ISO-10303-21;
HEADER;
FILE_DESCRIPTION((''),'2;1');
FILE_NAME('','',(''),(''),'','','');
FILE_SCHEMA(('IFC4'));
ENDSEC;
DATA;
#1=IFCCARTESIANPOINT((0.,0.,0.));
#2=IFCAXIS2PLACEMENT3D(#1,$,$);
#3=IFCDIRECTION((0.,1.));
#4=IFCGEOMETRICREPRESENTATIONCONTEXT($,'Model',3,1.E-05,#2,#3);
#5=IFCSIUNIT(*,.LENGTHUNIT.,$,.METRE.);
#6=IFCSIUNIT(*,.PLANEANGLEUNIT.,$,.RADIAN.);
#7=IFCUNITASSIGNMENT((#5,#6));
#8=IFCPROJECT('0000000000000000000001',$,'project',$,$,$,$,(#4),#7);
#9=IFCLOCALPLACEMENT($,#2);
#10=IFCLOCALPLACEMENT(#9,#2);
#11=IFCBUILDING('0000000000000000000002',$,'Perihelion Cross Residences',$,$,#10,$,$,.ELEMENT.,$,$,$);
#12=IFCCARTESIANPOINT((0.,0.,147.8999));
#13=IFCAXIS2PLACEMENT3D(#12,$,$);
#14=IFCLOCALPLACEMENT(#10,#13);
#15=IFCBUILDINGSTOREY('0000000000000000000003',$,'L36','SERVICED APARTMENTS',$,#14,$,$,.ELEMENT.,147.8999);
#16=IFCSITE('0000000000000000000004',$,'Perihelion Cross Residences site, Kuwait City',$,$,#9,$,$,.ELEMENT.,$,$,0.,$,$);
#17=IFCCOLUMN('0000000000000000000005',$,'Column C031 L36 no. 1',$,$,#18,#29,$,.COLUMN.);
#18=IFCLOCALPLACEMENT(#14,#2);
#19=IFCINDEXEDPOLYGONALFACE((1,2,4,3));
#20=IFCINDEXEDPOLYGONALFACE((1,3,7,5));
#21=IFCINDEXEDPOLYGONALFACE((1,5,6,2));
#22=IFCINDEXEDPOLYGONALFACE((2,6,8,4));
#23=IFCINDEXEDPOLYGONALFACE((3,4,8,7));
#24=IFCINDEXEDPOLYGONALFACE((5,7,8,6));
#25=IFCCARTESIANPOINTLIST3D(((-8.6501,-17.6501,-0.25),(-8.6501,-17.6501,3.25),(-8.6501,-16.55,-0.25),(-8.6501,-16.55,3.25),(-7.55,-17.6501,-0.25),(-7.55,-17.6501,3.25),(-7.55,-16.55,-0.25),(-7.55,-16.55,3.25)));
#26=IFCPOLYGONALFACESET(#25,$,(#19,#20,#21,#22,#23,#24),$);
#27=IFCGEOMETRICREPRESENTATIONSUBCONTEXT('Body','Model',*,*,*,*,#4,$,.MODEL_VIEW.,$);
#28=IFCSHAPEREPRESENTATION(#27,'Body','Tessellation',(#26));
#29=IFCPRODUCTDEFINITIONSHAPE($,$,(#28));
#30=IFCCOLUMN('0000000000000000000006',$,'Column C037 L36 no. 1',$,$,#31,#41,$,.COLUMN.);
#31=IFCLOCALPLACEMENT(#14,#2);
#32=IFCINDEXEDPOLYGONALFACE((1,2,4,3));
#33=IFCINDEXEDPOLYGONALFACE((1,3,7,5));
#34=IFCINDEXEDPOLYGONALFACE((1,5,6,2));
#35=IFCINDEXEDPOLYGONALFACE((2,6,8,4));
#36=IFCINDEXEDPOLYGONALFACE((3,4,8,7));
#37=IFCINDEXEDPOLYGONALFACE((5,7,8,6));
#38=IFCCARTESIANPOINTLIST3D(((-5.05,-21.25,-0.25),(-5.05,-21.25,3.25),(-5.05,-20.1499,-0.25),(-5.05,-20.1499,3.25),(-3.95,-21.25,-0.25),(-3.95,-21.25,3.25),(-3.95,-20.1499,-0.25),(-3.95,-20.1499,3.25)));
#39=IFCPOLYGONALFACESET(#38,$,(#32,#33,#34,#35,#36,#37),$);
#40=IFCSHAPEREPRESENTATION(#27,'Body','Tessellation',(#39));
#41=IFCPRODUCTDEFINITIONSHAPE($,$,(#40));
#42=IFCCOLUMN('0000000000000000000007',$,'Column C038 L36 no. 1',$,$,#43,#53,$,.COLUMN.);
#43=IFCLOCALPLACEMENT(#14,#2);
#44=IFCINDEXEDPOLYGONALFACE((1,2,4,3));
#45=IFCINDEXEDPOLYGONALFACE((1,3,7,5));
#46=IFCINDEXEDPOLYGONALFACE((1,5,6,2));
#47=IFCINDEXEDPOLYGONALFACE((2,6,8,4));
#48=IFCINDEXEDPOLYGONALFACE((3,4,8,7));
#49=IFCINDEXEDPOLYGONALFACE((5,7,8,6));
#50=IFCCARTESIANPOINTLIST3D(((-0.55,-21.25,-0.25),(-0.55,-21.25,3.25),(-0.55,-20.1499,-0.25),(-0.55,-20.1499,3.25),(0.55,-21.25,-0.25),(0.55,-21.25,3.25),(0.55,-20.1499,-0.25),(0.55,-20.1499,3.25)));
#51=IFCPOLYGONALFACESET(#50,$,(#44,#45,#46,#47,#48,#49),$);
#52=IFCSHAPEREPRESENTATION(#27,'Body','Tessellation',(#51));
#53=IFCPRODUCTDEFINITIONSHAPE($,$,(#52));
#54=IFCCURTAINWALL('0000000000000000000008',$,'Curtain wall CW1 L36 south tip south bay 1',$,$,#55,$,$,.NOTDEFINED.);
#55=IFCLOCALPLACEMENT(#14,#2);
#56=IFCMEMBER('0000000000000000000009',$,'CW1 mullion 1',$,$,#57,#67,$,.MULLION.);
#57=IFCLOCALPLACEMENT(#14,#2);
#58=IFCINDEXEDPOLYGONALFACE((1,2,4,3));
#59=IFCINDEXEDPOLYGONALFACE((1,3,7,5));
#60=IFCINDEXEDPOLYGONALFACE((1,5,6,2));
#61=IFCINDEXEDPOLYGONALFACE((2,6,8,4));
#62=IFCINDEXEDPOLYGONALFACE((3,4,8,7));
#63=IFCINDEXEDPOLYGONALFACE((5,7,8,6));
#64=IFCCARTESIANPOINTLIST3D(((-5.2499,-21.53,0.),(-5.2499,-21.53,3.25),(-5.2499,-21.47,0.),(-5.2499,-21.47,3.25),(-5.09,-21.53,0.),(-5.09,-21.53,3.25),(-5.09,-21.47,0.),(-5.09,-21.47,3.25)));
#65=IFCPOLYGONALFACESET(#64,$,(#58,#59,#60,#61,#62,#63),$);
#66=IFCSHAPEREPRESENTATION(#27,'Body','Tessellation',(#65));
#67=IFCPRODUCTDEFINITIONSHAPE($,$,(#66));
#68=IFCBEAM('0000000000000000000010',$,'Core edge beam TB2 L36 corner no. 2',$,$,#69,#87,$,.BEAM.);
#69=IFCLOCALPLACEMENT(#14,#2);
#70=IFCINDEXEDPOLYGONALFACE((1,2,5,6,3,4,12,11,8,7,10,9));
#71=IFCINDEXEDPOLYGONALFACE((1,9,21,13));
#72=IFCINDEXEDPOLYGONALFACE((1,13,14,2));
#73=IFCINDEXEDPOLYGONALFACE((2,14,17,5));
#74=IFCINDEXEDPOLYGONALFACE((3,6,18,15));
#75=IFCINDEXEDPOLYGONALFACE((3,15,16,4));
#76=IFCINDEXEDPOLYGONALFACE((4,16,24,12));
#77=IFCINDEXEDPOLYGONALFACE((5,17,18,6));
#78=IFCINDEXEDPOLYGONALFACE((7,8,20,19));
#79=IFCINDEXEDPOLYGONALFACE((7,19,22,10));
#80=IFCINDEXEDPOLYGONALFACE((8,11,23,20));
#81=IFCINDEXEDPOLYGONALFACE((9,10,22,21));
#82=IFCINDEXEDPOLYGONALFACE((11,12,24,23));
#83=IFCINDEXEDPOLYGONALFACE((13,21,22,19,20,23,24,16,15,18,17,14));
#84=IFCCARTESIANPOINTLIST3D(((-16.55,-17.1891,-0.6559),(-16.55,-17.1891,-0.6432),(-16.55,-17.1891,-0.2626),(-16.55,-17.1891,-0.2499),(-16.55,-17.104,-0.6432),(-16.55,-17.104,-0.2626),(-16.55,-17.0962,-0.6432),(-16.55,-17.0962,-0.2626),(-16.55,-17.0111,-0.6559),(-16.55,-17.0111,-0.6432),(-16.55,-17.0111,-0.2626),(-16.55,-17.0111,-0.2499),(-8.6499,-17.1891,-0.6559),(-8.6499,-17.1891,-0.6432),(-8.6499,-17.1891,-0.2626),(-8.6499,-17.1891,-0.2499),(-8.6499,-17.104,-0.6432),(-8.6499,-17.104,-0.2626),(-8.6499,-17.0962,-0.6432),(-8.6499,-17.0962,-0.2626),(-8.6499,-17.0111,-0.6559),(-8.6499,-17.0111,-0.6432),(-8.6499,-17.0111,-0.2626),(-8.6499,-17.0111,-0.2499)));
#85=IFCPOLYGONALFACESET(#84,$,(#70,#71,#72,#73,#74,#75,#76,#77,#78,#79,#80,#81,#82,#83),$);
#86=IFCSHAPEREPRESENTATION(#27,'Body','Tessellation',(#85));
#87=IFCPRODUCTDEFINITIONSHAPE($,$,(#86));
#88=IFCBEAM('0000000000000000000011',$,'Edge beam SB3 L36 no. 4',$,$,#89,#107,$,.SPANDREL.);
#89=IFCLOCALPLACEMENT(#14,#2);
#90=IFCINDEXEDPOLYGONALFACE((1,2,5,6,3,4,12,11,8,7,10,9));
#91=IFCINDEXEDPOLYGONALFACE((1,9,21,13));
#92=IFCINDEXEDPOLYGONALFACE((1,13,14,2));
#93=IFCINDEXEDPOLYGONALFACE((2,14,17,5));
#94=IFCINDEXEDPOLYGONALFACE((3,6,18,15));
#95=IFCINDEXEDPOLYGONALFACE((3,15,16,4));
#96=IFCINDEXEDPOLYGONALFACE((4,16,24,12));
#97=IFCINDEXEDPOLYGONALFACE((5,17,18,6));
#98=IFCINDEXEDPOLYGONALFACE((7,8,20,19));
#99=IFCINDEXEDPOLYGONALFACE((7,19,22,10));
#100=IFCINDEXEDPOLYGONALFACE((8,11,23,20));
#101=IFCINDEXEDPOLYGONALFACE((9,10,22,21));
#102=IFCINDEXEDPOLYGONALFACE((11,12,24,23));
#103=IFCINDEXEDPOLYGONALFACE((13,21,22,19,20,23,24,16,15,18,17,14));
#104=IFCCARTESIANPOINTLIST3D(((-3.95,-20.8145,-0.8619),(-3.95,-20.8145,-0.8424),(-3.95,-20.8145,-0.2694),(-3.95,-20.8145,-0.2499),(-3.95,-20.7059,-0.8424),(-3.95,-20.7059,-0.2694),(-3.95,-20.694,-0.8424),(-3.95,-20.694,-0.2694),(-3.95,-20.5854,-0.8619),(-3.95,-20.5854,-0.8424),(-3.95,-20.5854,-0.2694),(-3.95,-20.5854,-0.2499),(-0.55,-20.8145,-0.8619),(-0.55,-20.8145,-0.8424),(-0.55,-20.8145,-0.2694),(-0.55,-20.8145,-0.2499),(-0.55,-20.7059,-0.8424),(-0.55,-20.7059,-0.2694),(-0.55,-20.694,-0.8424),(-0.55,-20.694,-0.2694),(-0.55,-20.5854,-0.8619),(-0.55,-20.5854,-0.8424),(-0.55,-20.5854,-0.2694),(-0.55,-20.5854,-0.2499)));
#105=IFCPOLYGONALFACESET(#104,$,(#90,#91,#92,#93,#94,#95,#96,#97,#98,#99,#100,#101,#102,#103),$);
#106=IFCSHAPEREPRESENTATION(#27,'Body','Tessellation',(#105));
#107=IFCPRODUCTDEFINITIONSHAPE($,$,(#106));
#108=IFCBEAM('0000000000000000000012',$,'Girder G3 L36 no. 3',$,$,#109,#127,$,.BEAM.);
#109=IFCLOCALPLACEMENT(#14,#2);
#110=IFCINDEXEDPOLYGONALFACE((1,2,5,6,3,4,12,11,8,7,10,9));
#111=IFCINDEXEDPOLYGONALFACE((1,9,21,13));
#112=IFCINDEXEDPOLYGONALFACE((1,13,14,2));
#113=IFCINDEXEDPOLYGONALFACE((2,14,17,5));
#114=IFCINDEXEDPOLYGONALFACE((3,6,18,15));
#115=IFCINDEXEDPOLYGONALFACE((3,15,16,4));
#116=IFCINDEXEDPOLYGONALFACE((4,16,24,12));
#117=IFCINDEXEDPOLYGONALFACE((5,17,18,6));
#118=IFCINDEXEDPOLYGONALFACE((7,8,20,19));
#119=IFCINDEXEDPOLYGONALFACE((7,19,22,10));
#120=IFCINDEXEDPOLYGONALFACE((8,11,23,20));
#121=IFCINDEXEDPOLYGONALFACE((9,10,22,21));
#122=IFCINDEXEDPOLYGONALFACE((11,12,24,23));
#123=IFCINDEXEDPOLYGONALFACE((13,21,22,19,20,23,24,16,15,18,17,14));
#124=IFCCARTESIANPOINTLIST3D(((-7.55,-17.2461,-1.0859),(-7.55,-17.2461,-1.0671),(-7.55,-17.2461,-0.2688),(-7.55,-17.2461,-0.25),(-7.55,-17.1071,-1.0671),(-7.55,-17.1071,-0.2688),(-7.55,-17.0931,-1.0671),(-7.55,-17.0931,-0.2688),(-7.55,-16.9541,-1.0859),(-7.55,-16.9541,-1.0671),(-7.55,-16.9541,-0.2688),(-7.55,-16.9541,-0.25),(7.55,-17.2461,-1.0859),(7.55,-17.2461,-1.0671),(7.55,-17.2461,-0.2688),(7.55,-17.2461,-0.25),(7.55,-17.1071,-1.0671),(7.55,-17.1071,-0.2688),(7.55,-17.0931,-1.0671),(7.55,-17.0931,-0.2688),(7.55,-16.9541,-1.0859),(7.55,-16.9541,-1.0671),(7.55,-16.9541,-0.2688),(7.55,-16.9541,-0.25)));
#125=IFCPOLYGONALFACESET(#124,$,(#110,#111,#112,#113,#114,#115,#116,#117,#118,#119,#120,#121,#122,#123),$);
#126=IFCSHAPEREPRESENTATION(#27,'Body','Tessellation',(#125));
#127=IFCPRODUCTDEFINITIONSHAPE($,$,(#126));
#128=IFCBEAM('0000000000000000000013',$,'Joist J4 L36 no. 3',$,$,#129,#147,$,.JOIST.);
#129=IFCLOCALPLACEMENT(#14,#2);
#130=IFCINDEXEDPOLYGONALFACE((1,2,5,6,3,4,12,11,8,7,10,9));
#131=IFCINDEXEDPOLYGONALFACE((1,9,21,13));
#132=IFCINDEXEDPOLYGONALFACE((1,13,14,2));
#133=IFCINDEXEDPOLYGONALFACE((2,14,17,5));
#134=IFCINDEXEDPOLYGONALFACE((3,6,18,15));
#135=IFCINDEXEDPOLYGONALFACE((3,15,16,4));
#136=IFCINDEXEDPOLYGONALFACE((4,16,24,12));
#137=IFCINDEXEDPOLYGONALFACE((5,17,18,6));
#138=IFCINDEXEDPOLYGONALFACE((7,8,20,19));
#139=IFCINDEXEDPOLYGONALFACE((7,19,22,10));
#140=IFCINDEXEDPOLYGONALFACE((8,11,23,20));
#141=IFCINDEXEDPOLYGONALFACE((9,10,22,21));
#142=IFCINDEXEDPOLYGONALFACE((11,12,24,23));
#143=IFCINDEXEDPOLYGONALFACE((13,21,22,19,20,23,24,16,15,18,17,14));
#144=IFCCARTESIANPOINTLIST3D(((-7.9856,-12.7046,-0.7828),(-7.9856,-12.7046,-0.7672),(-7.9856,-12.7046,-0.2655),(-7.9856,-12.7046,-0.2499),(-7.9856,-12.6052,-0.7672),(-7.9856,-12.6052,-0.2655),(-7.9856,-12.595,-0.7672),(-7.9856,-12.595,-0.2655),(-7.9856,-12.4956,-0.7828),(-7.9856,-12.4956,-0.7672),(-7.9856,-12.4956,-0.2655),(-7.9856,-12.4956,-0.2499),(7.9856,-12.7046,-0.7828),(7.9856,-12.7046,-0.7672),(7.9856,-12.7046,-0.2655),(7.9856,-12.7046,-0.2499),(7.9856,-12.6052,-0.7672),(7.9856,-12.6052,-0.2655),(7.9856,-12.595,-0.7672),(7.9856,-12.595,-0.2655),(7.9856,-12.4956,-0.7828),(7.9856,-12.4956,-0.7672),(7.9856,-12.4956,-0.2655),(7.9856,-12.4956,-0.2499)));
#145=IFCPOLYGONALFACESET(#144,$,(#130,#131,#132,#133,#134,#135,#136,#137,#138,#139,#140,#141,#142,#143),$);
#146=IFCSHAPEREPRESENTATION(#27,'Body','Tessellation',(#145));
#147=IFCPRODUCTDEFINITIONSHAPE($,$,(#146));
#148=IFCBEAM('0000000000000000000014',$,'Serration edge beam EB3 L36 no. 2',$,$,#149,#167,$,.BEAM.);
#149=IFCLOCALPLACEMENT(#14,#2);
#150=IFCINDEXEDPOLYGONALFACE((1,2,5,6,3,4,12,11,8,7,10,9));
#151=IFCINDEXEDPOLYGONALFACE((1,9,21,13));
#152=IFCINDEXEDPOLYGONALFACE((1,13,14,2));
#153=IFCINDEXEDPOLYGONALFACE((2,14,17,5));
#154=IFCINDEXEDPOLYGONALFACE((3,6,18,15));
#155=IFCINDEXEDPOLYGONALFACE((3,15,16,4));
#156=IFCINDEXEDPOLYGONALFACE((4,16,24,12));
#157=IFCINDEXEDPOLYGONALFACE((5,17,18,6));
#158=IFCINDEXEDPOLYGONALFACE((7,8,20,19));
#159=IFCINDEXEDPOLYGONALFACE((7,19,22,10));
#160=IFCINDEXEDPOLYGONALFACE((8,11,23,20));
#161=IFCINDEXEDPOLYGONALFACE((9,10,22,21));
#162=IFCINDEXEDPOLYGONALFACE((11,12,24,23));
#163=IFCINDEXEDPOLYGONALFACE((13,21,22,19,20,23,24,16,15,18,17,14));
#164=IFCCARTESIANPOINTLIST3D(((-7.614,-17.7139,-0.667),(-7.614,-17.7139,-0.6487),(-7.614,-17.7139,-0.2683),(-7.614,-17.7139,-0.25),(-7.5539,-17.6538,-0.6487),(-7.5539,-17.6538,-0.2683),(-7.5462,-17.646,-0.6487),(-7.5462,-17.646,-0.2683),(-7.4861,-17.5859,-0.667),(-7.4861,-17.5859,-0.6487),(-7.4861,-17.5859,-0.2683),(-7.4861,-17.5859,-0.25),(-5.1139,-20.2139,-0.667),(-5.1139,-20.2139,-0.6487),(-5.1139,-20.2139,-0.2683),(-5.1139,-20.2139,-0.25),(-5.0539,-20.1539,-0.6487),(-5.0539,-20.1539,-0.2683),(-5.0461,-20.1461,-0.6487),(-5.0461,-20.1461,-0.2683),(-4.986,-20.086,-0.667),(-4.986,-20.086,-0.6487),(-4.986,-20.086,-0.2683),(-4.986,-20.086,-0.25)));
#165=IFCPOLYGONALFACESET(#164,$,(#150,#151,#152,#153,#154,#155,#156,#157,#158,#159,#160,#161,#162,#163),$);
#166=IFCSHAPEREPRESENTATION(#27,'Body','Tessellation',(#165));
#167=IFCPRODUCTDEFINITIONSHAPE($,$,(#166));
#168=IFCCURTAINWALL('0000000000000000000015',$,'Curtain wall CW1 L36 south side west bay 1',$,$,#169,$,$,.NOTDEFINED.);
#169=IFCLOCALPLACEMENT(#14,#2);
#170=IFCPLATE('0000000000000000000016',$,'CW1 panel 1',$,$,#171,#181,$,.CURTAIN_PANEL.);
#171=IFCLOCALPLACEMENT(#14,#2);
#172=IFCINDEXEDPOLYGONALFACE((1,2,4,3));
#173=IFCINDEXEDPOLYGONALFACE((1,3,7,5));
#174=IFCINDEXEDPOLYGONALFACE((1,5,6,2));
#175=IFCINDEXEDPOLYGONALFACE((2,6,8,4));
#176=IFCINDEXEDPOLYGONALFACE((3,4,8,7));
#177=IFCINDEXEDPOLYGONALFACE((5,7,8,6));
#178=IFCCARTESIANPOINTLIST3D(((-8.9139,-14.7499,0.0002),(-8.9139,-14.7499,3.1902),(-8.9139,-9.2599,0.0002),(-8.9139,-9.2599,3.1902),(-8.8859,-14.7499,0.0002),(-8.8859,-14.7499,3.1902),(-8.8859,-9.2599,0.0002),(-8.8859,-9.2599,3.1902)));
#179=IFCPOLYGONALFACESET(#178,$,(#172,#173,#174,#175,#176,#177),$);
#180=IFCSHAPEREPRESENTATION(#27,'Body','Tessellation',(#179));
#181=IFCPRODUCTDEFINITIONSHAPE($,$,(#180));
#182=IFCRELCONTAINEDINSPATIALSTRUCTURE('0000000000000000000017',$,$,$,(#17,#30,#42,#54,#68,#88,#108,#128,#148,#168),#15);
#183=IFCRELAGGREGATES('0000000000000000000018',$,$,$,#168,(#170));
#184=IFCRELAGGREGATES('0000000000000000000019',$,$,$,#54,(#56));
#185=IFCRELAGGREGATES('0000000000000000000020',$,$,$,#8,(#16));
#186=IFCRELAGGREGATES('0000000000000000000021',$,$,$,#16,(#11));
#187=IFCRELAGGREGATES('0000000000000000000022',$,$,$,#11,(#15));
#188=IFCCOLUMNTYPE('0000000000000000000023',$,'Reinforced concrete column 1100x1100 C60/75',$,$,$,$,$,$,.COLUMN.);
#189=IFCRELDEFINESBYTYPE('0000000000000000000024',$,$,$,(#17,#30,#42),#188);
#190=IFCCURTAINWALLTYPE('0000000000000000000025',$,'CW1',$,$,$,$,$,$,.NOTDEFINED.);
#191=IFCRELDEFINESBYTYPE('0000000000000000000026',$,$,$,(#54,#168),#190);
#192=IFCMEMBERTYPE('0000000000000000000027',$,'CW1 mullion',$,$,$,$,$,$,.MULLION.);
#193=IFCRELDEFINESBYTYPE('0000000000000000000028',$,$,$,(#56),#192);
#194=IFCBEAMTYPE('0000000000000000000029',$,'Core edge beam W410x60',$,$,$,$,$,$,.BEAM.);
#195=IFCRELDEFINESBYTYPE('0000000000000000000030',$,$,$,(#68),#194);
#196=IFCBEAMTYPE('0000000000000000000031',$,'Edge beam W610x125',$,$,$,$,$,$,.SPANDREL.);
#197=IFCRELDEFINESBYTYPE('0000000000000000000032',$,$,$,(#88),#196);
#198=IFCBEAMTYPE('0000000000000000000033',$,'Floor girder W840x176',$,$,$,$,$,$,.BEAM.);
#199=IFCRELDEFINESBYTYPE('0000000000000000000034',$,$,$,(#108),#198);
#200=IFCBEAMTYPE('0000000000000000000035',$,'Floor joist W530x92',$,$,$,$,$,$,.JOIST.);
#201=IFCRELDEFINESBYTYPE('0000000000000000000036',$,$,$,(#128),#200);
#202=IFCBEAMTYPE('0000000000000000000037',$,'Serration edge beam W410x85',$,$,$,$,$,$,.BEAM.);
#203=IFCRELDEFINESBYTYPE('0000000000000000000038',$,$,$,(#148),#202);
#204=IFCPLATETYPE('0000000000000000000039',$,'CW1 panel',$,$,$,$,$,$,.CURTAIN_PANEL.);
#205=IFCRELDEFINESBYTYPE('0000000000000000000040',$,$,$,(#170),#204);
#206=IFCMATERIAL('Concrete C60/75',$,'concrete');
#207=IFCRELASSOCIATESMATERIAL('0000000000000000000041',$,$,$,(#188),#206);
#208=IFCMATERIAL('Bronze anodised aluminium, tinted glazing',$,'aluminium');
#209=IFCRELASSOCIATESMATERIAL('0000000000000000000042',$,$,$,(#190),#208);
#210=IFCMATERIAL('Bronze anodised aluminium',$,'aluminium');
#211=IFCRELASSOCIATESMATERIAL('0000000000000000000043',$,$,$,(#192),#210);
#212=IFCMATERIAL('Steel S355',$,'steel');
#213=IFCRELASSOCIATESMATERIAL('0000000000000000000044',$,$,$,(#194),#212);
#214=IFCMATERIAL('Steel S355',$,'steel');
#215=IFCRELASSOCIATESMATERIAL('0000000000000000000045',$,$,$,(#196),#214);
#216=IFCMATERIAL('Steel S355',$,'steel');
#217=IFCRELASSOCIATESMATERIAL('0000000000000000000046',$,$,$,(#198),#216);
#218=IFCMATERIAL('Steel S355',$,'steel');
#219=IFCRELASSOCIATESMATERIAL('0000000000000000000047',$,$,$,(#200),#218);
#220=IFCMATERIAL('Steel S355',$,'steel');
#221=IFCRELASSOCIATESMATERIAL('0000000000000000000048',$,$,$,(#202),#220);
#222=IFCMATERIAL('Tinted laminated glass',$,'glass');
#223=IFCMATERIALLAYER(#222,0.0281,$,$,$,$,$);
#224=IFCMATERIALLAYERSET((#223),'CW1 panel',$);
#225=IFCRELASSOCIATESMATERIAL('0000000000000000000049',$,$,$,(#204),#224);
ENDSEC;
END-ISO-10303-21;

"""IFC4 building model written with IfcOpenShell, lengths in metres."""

from ifc_helpers import new_model, si_unit, direction, frame, origin, origin_2d, place, context, subcontext, project, spatial, rectangle, i_section, extrude, material, layer, layer_set, material_profile, profile_set, type_object, element, aggregate, save


model = new_model("IFC4")

# Units and contexts
model_context = context("Model", 3, precision=1e-05, world=origin(), true_north=direction((0.0, 1.0)))
body_context = subcontext(model_context, "Body", "Model", "MODEL_VIEW")
ifc_project = project(units=[si_unit("LENGTHUNIT", "METRE"), si_unit("PLANEANGLEUNIT", "RADIAN")], contexts=[model_context])

# Site, building, storey
site_placement = place(None, origin())
site = spatial("IfcSite", under=ifc_project, at=site_placement, Name="Perihelion Cross Residences site, Kuwait City", CompositionType="ELEMENT", RefElevation=0.0)
building_placement = place(site_placement, origin())
building = spatial("IfcBuilding", under=site, at=building_placement, Name="Perihelion Cross Residences", CompositionType="ELEMENT")
storey_placement = place(building_placement, frame((0.0, 0.0, 147.8999)))
storey = spatial("IfcBuildingStorey", under=building, at=storey_placement, Name="L36", Description="SERVICED APARTMENTS", CompositionType="ELEMENT", Elevation=147.8999)

# Columns
ifc_material_1 = material(Name="Concrete C60/75", Category="concrete")
ifc_material_profile_1 = material_profile(ifc_material_1, rectangle(XDim=1.1001, YDim=1.1001, at=origin_2d()), Name="RC 1100x1100")
ifc_profile_set_1 = profile_set([ifc_material_profile_1], Name="Concrete C60/75")
column_type = type_object("IfcColumnType", Name="Reinforced concrete column 1100x1100 C60/75", PredefinedType="COLUMN", material=ifc_profile_set_1)
for number, where, z_axis, x_axis, name in (
    (1, (-8.1001, -17.1001, -0.25), (0.0, 0.0, 1.0), (1.0, 0.0, 0.0), "Column C031 L36 no. 1"),
    (2, (-4.5, -20.7, -0.25), (0.0, 0.0, 1.0), (1.0, 0.0, 0.0), "Column C037 L36 no. 1"),
    (3, (0.0, -20.7, -0.25), (0.0, 0.0, 1.0), (1.0, 0.0, 0.0), "Column C038 L36 no. 1"),
):
    element("IfcColumn", number, at=place(storey_placement, frame(where, z_axis=z_axis, x_axis=x_axis)), inside=storey, type_object=column_type, Name=name, PredefinedType="COLUMN", context=body_context, shape_type="SweptSolid", body=[
        extrude(rectangle(XDim=1.1001, YDim=1.1001, at=origin_2d()), origin(), (0.0, 0.0, 1.0), 3.5),
    ])

# Curtain wall, member
ifc_material_2 = material(Name="Bronze anodised aluminium, tinted glazing", Category="aluminium")
curtain_wall_type = type_object("IfcCurtainWallType", Name="CW1", PredefinedType="NOTDEFINED", material=ifc_material_2)
curtain_wall_1_placement = place(storey_placement, origin())
curtain_wall_1 = element("IfcCurtainWall", 4, at=curtain_wall_1_placement, inside=storey, type_object=curtain_wall_type, Name="Curtain wall CW1 L36 south tip south bay 1", PredefinedType="NOTDEFINED")
ifc_material_3 = material(Name="Bronze anodised aluminium", Category="aluminium")
ifc_material_profile_2 = material_profile(ifc_material_3, rectangle(XDim=0.0601, YDim=0.1599, at=origin_2d()), Name="CW1 mullion")
ifc_profile_set_2 = profile_set([ifc_material_profile_2], Name="Bronze anodised aluminium")
member_type = type_object("IfcMemberType", Name="CW1 mullion", PredefinedType="MULLION", material=ifc_profile_set_2)
member_placement = place(storey_placement, frame((-5.1699, -21.5, 0.0), z_axis=(0.0, 0.0, 1.0), x_axis=(0.0, 1.0, 0.0)))
member = element("IfcMember", 5, at=member_placement, type_object=member_type, Name="CW1 mullion 1", PredefinedType="MULLION", context=body_context, shape_type="SweptSolid", body=[
    extrude(rectangle(XDim=0.0601, YDim=0.1599, at=origin_2d()), origin(), (0.0, 0.0, 1.0), 3.25),
])

# Beams
ifc_material_4 = material(Name="Steel S355", Category="steel")
ifc_material_profile_3 = material_profile(ifc_material_4, i_section(OverallWidth=0.178, OverallDepth=0.406, WebThickness=0.0078, FlangeThickness=0.0127, at=origin_2d()), Name="W410x60")
ifc_profile_set_3 = profile_set([ifc_material_profile_3], Name="Steel S355")
beam_type_1 = type_object("IfcBeamType", Name="Core edge beam W410x60", PredefinedType="BEAM", material=ifc_profile_set_3)
beam_1_placement = place(storey_placement, frame((-8.6499, -17.1001, -0.4529), z_axis=(-1.0, 0.0, 0.0), x_axis=(0.0, -1.0, 0.0)))
element("IfcBeam", 6, at=beam_1_placement, inside=storey, type_object=beam_type_1, Name="Core edge beam TB2 L36 corner no. 2", PredefinedType="BEAM", context=body_context, shape_type="SweptSolid", body=[
    extrude(i_section(OverallWidth=0.178, OverallDepth=0.406, WebThickness=0.0078, FlangeThickness=0.0127, at=origin_2d()), origin(), (0.0, 0.0, 1.0), 7.9001),
])
ifc_material_5 = material(Name="Steel S355", Category="steel")
ifc_material_profile_4 = material_profile(ifc_material_5, i_section(OverallWidth=0.229, OverallDepth=0.6121, WebThickness=0.012, FlangeThickness=0.0195, at=origin_2d()), Name="W610x125")
ifc_profile_set_4 = profile_set([ifc_material_profile_4], Name="Steel S355")
beam_type_2 = type_object("IfcBeamType", Name="Edge beam W610x125", PredefinedType="SPANDREL", material=ifc_profile_set_4)
beam_2_placement = place(storey_placement, frame((-3.95, -20.7, -0.5559), z_axis=(1.0, 0.0, 0.0), x_axis=(0.0, 1.0, 0.0)))
element("IfcBeam", 7, at=beam_2_placement, inside=storey, type_object=beam_type_2, Name="Edge beam SB3 L36 no. 4", PredefinedType="SPANDREL", context=body_context, shape_type="SweptSolid", body=[
    extrude(i_section(OverallWidth=0.229, OverallDepth=0.6121, WebThickness=0.012, FlangeThickness=0.0195, at=origin_2d()), origin(), (0.0, 0.0, 1.0), 3.3999),
])
ifc_material_6 = material(Name="Steel S355", Category="steel")
ifc_material_profile_5 = material_profile(ifc_material_6, i_section(OverallWidth=0.292, OverallDepth=0.8359, WebThickness=0.0139, FlangeThickness=0.0188, at=origin_2d()), Name="W840x176")
ifc_profile_set_5 = profile_set([ifc_material_profile_5], Name="Steel S355")
beam_type_3 = type_object("IfcBeamType", Name="Floor girder W840x176", PredefinedType="BEAM", material=ifc_profile_set_5)
beam_3_placement = place(storey_placement, frame((-7.55, -17.1001, -0.668), z_axis=(1.0, 0.0, 0.0), x_axis=(0.0, 1.0, 0.0)))
element("IfcBeam", 8, at=beam_3_placement, inside=storey, type_object=beam_type_3, Name="Girder G3 L36 no. 3", PredefinedType="BEAM", context=body_context, shape_type="SweptSolid", body=[
    extrude(i_section(OverallWidth=0.292, OverallDepth=0.8359, WebThickness=0.0139, FlangeThickness=0.0188, at=origin_2d()), origin(), (0.0, 0.0, 1.0), 15.1001),
])
ifc_material_7 = material(Name="Steel S355", Category="steel")
ifc_material_profile_6 = material_profile(ifc_material_7, i_section(OverallWidth=0.209, OverallDepth=0.533, WebThickness=0.0103, FlangeThickness=0.0156, at=origin_2d()), Name="W530x92")
ifc_profile_set_6 = profile_set([ifc_material_profile_6], Name="Steel S355")
beam_type_4 = type_object("IfcBeamType", Name="Floor joist W530x92", PredefinedType="JOIST", material=ifc_profile_set_6)
beam_4_placement = place(storey_placement, frame((-7.9856, -12.6001, -0.5164), z_axis=(1.0, 0.0, 0.0), x_axis=(0.0, 1.0, 0.0)))
element("IfcBeam", 9, at=beam_4_placement, inside=storey, type_object=beam_type_4, Name="Joist J4 L36 no. 3", PredefinedType="JOIST", context=body_context, shape_type="SweptSolid", body=[
    extrude(i_section(OverallWidth=0.209, OverallDepth=0.533, WebThickness=0.0103, FlangeThickness=0.0156, at=origin_2d()), origin(), (0.0, 0.0, 1.0), 15.9712),
])
ifc_material_8 = material(Name="Steel S355", Category="steel")
ifc_material_profile_7 = material_profile(ifc_material_8, i_section(OverallWidth=0.1809, OverallDepth=0.417, WebThickness=0.011, FlangeThickness=0.0183, at=origin_2d()), Name="W410x85")
ifc_profile_set_7 = profile_set([ifc_material_profile_7], Name="Steel S355")
beam_type_5 = type_object("IfcBeamType", Name="Serration edge beam W410x85", PredefinedType="BEAM", material=ifc_profile_set_7)
beam_5_placement = place(storey_placement, frame((-7.55, -17.6499, -0.4585), z_axis=(0.707107, -0.707107, 0.0), x_axis=(0.707107, 0.707107, 0.0)))
element("IfcBeam", 10, at=beam_5_placement, inside=storey, type_object=beam_type_5, Name="Serration edge beam EB3 L36 no. 2", PredefinedType="BEAM", context=body_context, shape_type="SweptSolid", body=[
    extrude(i_section(OverallWidth=0.1809, OverallDepth=0.417, WebThickness=0.011, FlangeThickness=0.0183, at=origin_2d()), origin(), (0.0, 0.0, 1.0), 3.5356),
])

# Curtain wall, plate
curtain_wall_2_placement = place(storey_placement, origin())
curtain_wall_2 = element("IfcCurtainWall", 11, at=curtain_wall_2_placement, inside=storey, type_object=curtain_wall_type, Name="Curtain wall CW1 L36 south side west bay 1", PredefinedType="NOTDEFINED")
ifc_material_9 = material(Name="Tinted laminated glass", Category="glass")
ifc_layer_1 = layer(ifc_material_9, 0.0281)
ifc_layer_set_1 = layer_set([ifc_layer_1], Name="CW1 panel")
plate_type = type_object("IfcPlateType", Name="CW1 panel", PredefinedType="CURTAIN_PANEL", material=ifc_layer_set_1)
plate_1_placement = place(storey_placement, frame((-8.8999, -12.0049, 0.0002), z_axis=(0.0, 0.0, 1.0), x_axis=(0.0, -1.0, 0.0)))
plate_1 = element("IfcPlate", 12, at=plate_1_placement, type_object=plate_type, Name="CW1 panel 1", PredefinedType="CURTAIN_PANEL", context=body_context, shape_type="SweptSolid", body=[
    extrude(rectangle(XDim=5.49, YDim=0.0281, at=origin_2d()), origin(), (0.0, 0.0, 1.0), 3.1899),
])
aggregate(curtain_wall_2, [plate_1])

aggregate(curtain_wall_1, [member])

save(model, "model.ifc")
